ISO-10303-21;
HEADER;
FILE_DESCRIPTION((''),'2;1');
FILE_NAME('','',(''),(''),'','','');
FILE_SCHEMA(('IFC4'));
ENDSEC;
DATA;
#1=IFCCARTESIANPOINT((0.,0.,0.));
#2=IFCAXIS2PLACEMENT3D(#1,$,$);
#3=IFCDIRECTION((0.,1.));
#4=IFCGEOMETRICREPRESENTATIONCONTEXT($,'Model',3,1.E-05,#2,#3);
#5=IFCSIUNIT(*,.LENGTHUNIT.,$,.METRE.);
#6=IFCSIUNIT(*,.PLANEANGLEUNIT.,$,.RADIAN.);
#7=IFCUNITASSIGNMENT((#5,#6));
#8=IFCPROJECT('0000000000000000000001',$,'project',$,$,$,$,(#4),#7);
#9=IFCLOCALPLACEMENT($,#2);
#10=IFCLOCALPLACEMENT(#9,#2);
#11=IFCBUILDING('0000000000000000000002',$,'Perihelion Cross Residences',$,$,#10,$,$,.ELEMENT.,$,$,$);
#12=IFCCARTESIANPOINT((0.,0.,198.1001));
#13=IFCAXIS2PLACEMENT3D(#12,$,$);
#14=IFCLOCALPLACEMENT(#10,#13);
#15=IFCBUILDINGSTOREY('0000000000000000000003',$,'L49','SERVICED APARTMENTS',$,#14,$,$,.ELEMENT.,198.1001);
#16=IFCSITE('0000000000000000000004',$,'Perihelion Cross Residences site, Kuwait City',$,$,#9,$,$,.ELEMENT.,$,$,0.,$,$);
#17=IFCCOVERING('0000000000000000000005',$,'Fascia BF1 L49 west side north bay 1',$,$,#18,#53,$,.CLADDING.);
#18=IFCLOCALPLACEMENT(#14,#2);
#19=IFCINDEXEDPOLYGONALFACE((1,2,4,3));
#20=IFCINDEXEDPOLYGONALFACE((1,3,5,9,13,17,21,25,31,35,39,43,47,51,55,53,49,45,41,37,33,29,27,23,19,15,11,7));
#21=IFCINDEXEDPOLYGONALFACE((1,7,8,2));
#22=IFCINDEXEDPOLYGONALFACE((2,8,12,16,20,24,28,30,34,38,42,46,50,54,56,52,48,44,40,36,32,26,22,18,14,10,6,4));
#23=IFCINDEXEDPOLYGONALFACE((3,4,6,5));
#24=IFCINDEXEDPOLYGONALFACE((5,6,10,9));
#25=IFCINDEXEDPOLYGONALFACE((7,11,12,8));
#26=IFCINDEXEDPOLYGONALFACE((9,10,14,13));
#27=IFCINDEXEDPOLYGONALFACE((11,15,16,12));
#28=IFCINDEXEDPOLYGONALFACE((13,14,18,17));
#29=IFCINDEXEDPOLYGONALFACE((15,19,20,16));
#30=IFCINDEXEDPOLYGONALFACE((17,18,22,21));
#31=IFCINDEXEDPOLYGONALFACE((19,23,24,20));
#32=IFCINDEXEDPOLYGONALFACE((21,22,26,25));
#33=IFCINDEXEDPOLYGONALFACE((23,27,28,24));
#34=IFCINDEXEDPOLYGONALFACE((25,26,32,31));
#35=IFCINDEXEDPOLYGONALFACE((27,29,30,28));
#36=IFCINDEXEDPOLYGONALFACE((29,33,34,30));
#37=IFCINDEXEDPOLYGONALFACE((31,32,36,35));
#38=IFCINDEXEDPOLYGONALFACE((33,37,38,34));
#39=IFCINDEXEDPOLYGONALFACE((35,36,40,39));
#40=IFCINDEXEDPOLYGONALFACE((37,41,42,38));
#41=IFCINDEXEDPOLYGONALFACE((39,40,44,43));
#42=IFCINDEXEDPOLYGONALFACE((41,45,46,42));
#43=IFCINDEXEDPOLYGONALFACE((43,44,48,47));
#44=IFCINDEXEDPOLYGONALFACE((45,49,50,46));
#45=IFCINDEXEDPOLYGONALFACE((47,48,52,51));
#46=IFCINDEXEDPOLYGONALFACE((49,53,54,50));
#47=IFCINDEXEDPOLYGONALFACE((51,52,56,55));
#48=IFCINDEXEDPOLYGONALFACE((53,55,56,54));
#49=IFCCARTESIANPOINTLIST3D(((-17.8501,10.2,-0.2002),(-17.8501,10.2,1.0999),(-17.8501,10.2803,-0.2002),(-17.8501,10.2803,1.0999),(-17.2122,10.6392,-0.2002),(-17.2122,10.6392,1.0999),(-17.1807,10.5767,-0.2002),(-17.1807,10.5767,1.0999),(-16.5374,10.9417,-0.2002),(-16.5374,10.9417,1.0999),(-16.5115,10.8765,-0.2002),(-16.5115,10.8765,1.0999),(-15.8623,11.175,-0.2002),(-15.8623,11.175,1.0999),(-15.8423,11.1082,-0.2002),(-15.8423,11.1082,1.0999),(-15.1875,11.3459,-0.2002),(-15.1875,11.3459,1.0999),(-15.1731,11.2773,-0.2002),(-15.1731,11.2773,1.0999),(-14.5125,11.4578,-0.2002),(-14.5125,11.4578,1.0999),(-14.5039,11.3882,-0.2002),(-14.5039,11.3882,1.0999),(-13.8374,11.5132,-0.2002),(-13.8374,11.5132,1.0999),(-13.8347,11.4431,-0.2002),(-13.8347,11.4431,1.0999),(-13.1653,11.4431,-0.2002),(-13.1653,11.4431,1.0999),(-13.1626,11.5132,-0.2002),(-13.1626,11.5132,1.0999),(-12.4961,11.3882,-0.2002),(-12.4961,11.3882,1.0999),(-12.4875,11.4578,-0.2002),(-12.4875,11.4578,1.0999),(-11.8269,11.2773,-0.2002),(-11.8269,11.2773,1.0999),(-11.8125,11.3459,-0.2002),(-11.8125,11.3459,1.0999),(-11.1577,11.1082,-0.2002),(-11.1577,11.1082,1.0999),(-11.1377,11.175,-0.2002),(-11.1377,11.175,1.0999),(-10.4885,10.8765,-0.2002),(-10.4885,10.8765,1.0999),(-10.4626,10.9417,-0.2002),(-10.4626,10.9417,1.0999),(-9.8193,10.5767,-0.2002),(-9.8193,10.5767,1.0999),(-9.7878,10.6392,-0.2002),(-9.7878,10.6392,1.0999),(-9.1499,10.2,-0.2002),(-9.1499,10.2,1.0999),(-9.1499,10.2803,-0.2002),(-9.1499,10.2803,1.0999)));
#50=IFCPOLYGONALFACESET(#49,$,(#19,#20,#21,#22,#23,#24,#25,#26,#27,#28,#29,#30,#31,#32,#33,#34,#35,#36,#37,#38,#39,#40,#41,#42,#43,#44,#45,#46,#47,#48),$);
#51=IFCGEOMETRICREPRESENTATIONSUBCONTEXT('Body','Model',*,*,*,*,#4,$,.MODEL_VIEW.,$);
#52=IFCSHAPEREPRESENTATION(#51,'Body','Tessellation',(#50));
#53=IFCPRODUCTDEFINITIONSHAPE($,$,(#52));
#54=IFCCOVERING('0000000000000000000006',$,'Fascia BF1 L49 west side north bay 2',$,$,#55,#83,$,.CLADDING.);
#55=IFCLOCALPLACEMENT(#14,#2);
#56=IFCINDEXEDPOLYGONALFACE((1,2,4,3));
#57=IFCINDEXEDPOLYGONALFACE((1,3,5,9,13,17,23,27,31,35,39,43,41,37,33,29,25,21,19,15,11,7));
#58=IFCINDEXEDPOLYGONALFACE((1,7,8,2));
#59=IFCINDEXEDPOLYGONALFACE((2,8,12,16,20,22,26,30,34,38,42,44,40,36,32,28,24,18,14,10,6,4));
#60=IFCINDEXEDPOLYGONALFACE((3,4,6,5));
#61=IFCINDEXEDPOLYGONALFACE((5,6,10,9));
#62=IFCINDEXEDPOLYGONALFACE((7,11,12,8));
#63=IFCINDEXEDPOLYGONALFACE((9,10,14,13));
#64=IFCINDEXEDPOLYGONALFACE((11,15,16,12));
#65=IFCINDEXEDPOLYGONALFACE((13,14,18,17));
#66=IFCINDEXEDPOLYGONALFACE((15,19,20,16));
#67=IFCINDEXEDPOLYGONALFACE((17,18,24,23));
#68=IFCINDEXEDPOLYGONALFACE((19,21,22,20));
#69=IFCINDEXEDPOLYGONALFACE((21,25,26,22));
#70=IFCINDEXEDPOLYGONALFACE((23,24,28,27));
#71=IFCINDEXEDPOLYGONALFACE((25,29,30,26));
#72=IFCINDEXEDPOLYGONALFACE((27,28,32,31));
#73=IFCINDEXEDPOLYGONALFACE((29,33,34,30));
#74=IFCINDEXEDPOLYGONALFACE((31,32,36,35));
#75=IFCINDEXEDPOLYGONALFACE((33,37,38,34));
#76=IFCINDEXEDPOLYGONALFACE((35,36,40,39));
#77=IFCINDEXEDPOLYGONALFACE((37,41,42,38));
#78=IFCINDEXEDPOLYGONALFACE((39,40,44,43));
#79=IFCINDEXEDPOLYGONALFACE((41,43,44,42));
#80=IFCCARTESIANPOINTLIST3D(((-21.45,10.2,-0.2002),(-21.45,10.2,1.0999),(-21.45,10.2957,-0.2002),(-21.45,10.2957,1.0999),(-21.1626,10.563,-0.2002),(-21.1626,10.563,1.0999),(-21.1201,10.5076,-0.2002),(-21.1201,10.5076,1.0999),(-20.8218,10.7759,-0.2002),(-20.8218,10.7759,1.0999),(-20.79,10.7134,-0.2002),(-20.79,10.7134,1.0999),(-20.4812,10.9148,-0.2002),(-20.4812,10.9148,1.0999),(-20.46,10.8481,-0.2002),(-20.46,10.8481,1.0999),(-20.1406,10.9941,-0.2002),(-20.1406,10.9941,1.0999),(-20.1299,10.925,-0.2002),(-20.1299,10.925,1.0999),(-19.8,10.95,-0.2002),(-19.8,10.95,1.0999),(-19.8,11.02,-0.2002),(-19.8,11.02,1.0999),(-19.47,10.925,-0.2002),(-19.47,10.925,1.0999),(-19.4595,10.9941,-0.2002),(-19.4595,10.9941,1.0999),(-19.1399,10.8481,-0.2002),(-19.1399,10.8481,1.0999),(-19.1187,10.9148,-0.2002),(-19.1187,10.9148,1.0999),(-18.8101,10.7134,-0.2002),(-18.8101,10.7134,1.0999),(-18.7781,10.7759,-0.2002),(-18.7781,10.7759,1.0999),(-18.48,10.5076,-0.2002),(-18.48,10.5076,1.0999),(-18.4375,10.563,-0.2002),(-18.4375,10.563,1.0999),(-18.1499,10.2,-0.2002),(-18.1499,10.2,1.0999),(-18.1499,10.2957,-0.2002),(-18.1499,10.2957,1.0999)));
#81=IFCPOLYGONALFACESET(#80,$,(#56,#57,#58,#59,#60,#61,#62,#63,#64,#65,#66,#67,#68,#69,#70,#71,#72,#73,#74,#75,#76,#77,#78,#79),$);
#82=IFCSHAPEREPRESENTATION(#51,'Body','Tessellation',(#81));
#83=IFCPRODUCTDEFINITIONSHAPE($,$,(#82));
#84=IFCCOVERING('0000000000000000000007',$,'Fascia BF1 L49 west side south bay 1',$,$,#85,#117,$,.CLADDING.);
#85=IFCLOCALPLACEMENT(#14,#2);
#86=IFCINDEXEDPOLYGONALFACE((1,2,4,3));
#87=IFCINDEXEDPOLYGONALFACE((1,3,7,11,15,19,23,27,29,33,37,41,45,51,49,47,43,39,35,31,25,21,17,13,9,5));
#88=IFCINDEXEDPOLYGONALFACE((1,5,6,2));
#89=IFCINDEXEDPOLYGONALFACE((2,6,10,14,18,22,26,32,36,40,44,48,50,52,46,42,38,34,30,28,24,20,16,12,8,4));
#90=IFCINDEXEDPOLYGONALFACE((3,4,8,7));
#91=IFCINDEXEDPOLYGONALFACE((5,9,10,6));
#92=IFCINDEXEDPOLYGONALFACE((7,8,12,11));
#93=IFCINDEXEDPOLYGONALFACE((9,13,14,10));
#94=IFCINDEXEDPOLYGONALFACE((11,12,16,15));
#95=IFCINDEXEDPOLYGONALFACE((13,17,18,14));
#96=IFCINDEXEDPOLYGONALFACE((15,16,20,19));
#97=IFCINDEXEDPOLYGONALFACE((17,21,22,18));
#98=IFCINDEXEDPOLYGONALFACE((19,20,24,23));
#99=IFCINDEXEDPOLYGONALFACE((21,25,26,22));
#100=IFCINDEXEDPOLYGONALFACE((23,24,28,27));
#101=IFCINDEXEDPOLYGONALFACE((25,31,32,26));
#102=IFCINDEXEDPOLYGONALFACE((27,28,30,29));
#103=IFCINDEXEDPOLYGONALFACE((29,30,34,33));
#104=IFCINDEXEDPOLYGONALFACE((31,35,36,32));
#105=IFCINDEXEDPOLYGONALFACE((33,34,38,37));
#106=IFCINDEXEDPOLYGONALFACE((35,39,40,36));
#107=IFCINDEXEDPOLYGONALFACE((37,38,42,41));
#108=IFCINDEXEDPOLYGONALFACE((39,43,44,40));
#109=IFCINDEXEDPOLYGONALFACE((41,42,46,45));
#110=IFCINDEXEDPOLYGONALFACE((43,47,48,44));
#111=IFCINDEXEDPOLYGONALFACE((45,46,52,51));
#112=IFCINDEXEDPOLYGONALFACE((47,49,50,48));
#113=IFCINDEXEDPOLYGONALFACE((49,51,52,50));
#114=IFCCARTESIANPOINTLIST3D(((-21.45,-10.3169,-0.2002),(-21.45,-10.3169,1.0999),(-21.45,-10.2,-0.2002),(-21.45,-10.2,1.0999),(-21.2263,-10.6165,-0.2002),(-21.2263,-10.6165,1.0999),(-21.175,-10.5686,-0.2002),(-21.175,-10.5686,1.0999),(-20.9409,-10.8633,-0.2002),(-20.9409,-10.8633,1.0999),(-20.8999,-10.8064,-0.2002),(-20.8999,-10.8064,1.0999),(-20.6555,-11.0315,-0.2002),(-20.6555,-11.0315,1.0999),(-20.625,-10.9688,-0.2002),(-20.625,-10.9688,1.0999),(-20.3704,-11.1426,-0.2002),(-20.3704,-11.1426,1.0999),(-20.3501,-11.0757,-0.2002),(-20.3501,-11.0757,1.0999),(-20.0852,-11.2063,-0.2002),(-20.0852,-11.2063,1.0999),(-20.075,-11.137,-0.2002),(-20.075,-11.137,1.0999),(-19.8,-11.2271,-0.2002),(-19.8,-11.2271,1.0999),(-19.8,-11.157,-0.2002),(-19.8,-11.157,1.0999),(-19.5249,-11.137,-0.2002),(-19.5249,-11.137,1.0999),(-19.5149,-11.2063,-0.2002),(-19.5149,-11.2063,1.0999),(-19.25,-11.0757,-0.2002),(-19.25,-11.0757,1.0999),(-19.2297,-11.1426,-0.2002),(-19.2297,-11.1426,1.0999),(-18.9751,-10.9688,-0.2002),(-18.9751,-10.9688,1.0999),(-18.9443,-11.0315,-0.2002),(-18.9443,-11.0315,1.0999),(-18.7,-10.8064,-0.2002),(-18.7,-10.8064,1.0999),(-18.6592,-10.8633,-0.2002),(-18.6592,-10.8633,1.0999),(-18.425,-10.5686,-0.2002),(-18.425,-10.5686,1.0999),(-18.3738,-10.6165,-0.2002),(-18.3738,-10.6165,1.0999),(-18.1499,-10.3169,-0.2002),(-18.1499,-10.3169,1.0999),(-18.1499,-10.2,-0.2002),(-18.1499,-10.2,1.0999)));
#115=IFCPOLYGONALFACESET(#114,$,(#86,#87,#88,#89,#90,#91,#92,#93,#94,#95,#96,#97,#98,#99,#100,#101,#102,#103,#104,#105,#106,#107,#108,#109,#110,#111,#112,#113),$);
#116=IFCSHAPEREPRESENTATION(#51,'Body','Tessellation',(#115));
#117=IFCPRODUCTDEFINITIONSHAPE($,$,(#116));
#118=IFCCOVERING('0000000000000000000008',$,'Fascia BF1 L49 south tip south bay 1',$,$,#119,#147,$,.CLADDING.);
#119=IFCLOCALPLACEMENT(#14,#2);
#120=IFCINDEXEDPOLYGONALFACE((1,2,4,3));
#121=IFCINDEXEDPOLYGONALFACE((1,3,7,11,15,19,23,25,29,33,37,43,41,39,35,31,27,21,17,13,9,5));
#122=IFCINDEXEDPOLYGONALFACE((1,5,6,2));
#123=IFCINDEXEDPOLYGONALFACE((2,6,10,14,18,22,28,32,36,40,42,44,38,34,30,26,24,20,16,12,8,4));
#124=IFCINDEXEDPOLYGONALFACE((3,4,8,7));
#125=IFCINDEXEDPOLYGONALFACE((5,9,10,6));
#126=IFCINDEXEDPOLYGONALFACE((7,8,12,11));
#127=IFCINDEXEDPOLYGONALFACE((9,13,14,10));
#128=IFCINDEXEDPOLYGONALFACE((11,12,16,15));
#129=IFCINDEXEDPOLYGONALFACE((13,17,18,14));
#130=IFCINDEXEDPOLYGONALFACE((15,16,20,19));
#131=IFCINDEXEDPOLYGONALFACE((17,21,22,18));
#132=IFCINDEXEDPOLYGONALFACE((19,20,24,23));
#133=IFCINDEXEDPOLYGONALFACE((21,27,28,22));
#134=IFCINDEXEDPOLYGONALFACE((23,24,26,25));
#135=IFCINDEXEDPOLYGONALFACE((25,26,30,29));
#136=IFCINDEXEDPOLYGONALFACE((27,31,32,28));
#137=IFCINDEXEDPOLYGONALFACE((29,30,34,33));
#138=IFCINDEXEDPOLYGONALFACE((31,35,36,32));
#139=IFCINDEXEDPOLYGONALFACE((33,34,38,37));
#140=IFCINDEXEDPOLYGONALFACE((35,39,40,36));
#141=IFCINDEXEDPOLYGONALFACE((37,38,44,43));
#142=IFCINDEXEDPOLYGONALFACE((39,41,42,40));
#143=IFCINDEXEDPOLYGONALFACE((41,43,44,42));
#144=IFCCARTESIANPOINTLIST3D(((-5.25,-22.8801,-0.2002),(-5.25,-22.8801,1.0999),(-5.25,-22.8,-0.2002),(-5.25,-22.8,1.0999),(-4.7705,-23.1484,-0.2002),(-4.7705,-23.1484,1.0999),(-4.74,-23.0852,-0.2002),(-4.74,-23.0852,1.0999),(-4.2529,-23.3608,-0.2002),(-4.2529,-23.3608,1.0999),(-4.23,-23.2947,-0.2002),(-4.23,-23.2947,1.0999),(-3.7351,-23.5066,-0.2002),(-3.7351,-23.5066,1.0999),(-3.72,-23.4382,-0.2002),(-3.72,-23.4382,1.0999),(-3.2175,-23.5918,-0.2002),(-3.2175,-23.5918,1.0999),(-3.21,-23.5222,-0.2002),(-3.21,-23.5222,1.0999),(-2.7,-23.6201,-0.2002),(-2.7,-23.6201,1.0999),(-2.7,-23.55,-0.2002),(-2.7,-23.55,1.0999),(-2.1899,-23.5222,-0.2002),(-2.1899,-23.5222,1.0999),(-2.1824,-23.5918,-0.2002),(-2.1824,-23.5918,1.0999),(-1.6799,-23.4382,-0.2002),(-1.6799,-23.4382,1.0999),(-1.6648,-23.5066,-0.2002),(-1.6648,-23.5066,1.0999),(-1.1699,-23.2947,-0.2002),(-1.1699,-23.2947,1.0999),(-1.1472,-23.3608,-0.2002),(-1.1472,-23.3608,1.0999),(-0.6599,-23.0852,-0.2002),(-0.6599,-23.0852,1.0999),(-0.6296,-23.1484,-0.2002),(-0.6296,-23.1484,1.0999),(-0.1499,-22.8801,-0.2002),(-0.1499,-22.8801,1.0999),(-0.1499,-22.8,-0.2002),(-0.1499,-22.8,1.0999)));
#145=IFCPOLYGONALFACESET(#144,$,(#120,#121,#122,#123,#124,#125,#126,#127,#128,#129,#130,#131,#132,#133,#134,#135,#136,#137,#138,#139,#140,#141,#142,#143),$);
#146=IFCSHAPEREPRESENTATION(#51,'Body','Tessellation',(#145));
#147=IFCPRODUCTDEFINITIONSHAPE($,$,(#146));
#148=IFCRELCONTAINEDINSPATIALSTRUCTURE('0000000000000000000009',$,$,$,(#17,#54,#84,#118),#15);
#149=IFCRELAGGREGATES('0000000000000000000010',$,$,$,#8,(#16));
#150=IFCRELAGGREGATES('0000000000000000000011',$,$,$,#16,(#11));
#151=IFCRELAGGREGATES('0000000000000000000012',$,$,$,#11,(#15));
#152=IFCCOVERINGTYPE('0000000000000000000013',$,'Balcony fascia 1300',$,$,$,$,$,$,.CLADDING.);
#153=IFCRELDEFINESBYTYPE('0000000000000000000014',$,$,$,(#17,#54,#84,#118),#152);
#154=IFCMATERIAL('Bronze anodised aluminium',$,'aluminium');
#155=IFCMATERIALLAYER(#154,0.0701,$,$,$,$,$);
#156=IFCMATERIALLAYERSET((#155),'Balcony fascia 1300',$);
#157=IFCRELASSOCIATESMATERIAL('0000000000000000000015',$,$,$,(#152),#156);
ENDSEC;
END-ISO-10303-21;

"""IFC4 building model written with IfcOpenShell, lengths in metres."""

from ifc_helpers import new_model, si_unit, direction, frame, origin, place, context, subcontext, project, spatial, polyline, outline, extrude, material, layer, layer_set, type_object, element, save


model = new_model("IFC4")

# Units and contexts
model_context = context("Model", 3, precision=1e-05, world=origin(), true_north=direction((0.0, 1.0)))
body_context = subcontext(model_context, "Body", "Model", "MODEL_VIEW")
ifc_project = project(units=[si_unit("LENGTHUNIT", "METRE"), si_unit("PLANEANGLEUNIT", "RADIAN")], contexts=[model_context])

# Site, building, storey
site_placement = place(None, origin())
site = spatial("IfcSite", under=ifc_project, at=site_placement, Name="Perihelion Cross Residences site, Kuwait City", CompositionType="ELEMENT", RefElevation=0.0)
building_placement = place(site_placement, origin())
building = spatial("IfcBuilding", under=site, at=building_placement, Name="Perihelion Cross Residences", CompositionType="ELEMENT")
storey_placement = place(building_placement, frame((0.0, 0.0, 198.1001)))
storey = spatial("IfcBuildingStorey", under=building, at=storey_placement, Name="L49", Description="SERVICED APARTMENTS", CompositionType="ELEMENT", Elevation=198.1001)

# Coverings
ifc_material_1 = material(Name="Bronze anodised aluminium", Category="aluminium")
ifc_layer_1 = layer(ifc_material_1, 0.0701)
ifc_layer_set_1 = layer_set([ifc_layer_1], Name="Balcony fascia 1300")
covering_type = type_object("IfcCoveringType", Name="Balcony fascia 1300", PredefinedType="CLADDING", material=ifc_layer_set_1)
covering_1_placement = place(storey_placement, frame((0.0, 0.0, -0.2002)))
element("IfcCovering", 1, at=covering_1_placement, inside=storey, type_object=covering_type, Name="Fascia BF1 L49 west side north bay 1", PredefinedType="CLADDING", context=body_context, shape_type="SweptSolid", body=[
    extrude(outline(polyline([(-9.7878, 10.6392), (-10.4626, 10.9417), (-11.1377, 11.175), (-11.8125, 11.3459), (-12.4875, 11.4578), (-13.1626, 11.5132), (-13.8374, 11.5132), (-14.5125, 11.4578), (-15.1875, 11.3459), (-15.8623, 11.175), (-16.5374, 10.9417), (-17.2122, 10.6392), (-17.8501, 10.2803), (-17.8501, 10.2), (-17.1807, 10.5767), (-16.5115, 10.8765), (-15.8423, 11.1082), (-15.1731, 11.2773), (-14.5039, 11.3882), (-13.8347, 11.4431), (-13.1653, 11.4431), (-12.4961, 11.3882), (-11.8269, 11.2773), (-11.1577, 11.1082), (-10.4885, 10.8765), (-9.8193, 10.5767), (-9.1499, 10.2), (-9.1499, 10.2803), (-9.7878, 10.6392)])), origin(), (0.0, 0.0, 1.0), 1.3),
])
covering_2_placement = place(storey_placement, frame((0.0, 0.0, -0.2002)))
element("IfcCovering", 2, at=covering_2_placement, inside=storey, type_object=covering_type, Name="Fascia BF1 L49 west side north bay 2", PredefinedType="CLADDING", context=body_context, shape_type="SweptSolid", body=[
    extrude(outline(polyline([(-18.4375, 10.563), (-18.7781, 10.7759), (-19.1187, 10.9148), (-19.4595, 10.9941), (-19.8, 11.02), (-20.1406, 10.9941), (-20.4812, 10.9148), (-20.8218, 10.7759), (-21.1626, 10.563), (-21.45, 10.2957), (-21.45, 10.2), (-21.1201, 10.5076), (-20.79, 10.7134), (-20.46, 10.8481), (-20.1299, 10.925), (-19.8, 10.95), (-19.47, 10.925), (-19.1399, 10.8481), (-18.8101, 10.7134), (-18.48, 10.5076), (-18.1499, 10.2), (-18.1499, 10.2957), (-18.4375, 10.563)])), origin(), (0.0, 0.0, 1.0), 1.3),
])
covering_3_placement = place(storey_placement, frame((0.0, 0.0, -0.2002)))
element("IfcCovering", 3, at=covering_3_placement, inside=storey, type_object=covering_type, Name="Fascia BF1 L49 west side south bay 1", PredefinedType="CLADDING", context=body_context, shape_type="SweptSolid", body=[
    extrude(outline(polyline([(-21.2263, -10.6165), (-20.9409, -10.8633), (-20.6555, -11.0315), (-20.3704, -11.1426), (-20.0852, -11.2063), (-19.8, -11.2271), (-19.5149, -11.2063), (-19.2297, -11.1426), (-18.9443, -11.0315), (-18.6592, -10.8633), (-18.3738, -10.6165), (-18.1499, -10.3169), (-18.1499, -10.2), (-18.425, -10.5686), (-18.7, -10.8064), (-18.9751, -10.9688), (-19.25, -11.0757), (-19.5249, -11.137), (-19.8, -11.157), (-20.075, -11.137), (-20.3501, -11.0757), (-20.625, -10.9688), (-20.8999, -10.8064), (-21.175, -10.5686), (-21.45, -10.2), (-21.45, -10.3169), (-21.2263, -10.6165)])), origin(), (0.0, 0.0, 1.0), 1.3),
])
covering_4_placement = place(storey_placement, frame((0.0, 0.0, -0.2002)))
element("IfcCovering", 4, at=covering_4_placement, inside=storey, type_object=covering_type, Name="Fascia BF1 L49 south tip south bay 1", PredefinedType="CLADDING", context=body_context, shape_type="SweptSolid", body=[
    extrude(outline(polyline([(-4.7705, -23.1484), (-4.2529, -23.3608), (-3.7351, -23.5066), (-3.2175, -23.5918), (-2.7, -23.6201), (-2.1824, -23.5918), (-1.6648, -23.5066), (-1.1472, -23.3608), (-0.6296, -23.1484), (-0.1499, -22.8801), (-0.1499, -22.8), (-0.6599, -23.0852), (-1.1699, -23.2947), (-1.6799, -23.4382), (-2.1899, -23.5222), (-2.7, -23.55), (-3.21, -23.5222), (-3.72, -23.4382), (-4.23, -23.2947), (-4.74, -23.0852), (-5.25, -22.8), (-5.25, -22.8801), (-4.7705, -23.1484)])), origin(), (0.0, 0.0, 1.0), 1.3),
])

save(model, "model.ifc")
